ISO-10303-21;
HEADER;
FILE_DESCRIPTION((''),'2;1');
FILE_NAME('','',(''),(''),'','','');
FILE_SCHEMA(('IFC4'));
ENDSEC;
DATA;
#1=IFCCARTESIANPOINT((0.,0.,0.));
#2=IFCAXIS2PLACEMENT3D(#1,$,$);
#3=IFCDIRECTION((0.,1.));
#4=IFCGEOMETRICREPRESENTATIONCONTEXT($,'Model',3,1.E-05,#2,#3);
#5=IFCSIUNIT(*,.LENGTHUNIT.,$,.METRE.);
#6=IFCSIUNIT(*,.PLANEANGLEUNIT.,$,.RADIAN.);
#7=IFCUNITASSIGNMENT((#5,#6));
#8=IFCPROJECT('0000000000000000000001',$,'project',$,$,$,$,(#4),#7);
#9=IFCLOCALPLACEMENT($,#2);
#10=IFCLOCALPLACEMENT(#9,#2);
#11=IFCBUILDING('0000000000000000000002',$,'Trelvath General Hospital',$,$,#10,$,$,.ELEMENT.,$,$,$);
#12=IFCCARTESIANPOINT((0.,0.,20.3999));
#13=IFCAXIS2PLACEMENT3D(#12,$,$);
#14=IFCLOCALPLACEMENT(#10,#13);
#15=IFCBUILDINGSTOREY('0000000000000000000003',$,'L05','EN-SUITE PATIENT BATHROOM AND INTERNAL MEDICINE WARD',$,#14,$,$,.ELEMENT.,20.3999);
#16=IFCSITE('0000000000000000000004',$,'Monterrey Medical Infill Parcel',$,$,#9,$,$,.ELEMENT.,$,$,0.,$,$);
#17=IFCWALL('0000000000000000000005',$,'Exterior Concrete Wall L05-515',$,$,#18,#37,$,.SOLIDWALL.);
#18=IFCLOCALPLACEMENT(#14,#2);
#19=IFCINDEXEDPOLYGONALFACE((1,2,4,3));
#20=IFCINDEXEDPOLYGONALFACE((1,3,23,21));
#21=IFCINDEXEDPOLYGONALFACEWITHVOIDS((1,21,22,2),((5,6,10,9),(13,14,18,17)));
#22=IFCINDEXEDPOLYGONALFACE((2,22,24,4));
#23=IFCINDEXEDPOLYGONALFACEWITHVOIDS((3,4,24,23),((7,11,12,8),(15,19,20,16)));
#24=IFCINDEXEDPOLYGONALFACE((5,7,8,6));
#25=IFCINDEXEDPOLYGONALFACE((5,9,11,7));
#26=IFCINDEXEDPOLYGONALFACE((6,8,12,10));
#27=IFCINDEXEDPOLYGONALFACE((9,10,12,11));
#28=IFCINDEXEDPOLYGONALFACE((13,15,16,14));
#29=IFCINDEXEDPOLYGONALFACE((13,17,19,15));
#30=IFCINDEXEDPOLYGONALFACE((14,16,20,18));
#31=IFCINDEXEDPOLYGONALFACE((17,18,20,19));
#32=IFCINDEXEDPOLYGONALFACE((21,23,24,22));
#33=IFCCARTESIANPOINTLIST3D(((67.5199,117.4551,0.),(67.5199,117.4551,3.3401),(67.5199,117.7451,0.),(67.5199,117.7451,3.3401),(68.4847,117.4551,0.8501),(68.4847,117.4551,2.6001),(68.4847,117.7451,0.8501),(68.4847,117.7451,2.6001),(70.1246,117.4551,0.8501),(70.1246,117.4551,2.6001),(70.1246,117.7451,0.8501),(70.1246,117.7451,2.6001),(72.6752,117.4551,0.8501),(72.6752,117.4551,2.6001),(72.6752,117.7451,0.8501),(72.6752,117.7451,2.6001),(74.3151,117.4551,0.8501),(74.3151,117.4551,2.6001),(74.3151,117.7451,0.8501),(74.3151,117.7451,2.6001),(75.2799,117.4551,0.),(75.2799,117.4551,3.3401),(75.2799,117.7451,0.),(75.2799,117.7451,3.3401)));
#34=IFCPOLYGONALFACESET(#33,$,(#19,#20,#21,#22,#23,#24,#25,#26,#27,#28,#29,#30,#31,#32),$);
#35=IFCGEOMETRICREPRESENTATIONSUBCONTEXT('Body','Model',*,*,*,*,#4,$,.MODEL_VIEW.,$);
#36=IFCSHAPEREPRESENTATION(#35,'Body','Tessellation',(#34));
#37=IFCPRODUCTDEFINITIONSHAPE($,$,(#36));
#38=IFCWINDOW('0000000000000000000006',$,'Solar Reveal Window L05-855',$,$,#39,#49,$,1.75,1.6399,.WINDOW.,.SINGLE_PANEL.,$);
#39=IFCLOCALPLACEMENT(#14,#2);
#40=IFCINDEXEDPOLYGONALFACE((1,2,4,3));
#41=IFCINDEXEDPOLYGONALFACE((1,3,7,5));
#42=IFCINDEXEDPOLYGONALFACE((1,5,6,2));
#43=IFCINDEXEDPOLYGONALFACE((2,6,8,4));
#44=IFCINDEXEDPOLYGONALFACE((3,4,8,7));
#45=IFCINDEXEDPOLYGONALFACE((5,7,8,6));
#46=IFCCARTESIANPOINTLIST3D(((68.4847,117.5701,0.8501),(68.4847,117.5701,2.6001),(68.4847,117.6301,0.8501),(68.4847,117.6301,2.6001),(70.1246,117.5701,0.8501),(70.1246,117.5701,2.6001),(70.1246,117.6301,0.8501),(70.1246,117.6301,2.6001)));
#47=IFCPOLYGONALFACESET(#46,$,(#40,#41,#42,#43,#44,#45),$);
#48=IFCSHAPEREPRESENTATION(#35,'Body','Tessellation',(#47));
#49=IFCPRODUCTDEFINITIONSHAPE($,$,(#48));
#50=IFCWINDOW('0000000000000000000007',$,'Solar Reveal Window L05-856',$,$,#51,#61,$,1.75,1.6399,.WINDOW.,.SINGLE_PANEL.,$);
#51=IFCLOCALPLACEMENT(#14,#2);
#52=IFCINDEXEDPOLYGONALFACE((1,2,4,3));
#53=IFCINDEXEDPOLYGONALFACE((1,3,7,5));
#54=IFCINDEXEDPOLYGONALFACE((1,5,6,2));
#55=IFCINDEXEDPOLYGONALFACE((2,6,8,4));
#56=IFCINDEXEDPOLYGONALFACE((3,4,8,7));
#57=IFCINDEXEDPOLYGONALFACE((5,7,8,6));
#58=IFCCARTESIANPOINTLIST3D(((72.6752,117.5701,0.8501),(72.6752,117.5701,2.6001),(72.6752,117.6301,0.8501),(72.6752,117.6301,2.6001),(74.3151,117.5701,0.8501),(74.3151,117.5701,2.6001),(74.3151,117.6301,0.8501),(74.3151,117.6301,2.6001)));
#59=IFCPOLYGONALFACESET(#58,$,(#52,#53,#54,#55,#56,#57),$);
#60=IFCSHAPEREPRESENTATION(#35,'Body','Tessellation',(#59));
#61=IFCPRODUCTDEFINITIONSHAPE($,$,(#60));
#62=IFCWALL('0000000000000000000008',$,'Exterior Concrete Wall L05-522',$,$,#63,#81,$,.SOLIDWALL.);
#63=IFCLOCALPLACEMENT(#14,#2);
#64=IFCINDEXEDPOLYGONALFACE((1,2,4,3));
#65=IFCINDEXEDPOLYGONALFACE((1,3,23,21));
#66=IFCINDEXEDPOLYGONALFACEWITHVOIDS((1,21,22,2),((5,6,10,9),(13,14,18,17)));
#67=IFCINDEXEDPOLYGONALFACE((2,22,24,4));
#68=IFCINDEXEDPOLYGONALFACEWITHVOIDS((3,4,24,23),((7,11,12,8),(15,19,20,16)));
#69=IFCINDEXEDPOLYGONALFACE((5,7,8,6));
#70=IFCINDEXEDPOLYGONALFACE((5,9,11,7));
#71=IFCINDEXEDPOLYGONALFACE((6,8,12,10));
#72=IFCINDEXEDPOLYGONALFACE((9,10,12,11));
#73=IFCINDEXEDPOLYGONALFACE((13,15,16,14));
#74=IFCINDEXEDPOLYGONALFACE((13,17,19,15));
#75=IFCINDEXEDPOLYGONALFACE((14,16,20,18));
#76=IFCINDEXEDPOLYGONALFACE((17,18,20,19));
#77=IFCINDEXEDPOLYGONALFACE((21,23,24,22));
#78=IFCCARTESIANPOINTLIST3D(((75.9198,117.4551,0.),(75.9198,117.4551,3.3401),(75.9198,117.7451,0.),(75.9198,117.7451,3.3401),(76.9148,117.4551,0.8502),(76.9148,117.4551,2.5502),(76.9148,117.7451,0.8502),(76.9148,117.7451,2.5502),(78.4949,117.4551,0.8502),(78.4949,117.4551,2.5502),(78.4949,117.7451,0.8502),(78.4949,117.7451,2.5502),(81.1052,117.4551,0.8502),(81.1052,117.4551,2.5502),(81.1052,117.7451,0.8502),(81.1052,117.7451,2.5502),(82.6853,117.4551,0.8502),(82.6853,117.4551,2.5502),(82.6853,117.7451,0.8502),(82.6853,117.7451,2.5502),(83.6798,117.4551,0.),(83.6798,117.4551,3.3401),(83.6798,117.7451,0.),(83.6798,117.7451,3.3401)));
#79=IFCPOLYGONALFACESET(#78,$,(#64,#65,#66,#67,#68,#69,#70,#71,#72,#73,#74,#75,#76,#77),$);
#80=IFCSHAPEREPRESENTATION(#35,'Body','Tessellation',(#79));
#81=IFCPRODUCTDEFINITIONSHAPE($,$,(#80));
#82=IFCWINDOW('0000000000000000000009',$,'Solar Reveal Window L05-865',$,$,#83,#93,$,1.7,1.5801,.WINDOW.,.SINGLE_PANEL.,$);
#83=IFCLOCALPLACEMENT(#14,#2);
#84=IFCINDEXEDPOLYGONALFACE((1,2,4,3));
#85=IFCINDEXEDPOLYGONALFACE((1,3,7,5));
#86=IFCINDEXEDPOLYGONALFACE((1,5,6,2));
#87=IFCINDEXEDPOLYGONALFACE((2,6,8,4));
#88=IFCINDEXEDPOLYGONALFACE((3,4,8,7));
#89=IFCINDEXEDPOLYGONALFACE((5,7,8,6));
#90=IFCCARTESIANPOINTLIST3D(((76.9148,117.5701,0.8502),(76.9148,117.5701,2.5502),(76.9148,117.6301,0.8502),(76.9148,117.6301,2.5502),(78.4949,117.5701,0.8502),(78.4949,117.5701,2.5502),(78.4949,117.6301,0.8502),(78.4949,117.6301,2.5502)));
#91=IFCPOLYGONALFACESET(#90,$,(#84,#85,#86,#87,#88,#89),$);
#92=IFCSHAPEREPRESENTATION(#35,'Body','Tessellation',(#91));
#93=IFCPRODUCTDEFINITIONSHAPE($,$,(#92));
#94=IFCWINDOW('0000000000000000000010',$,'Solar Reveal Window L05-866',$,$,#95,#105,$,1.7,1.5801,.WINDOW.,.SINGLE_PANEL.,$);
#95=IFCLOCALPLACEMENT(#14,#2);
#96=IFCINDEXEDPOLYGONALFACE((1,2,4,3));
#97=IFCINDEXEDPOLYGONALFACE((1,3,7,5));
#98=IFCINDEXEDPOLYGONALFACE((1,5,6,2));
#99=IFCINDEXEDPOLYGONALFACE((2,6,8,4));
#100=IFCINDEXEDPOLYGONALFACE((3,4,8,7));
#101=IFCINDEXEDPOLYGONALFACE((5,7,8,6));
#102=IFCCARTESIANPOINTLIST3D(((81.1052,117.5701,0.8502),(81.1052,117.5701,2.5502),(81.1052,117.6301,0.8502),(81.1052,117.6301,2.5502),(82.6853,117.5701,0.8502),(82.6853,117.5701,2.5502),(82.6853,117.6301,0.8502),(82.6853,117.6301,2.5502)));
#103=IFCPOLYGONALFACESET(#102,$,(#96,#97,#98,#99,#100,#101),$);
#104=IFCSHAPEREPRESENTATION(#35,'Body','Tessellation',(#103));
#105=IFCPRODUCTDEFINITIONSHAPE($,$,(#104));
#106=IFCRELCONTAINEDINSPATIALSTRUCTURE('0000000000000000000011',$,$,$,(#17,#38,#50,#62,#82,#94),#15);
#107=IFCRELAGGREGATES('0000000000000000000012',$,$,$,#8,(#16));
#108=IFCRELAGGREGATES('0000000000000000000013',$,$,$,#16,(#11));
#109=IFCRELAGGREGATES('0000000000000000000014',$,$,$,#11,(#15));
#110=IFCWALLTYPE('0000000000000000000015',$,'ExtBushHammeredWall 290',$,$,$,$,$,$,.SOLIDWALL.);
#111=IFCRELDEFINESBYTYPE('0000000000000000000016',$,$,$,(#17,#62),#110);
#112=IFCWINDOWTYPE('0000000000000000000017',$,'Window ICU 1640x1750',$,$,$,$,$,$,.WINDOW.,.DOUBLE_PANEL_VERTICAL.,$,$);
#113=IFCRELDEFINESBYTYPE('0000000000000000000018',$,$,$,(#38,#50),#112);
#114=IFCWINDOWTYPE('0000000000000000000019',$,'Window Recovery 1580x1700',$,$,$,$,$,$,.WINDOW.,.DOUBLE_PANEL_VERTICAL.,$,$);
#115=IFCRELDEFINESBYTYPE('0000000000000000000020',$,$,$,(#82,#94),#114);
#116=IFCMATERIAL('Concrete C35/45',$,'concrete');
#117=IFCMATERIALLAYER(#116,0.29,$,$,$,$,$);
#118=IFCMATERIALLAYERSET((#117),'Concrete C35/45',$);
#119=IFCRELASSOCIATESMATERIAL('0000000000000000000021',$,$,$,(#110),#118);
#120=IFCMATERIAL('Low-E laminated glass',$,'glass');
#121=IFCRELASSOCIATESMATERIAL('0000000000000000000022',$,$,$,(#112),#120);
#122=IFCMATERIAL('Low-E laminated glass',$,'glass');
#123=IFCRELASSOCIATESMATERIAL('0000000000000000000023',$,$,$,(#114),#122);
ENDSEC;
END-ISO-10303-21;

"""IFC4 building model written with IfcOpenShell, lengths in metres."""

from ifc_helpers import new_model, si_unit, direction, frame, frame_2d, origin, place, context, subcontext, project, spatial, rectangle, extrude, material, layer, layer_set, type_object, element, fill, save


model = new_model("IFC4")

# Units and contexts
model_context = context("Model", 3, precision=1e-05, world=origin(), true_north=direction((0.0, 1.0)))
body_context = subcontext(model_context, "Body", "Model", "MODEL_VIEW")
ifc_project = project(units=[si_unit("LENGTHUNIT", "METRE"), si_unit("PLANEANGLEUNIT", "RADIAN")], contexts=[model_context])

# Site, building, storey
site_placement = place(None, origin())
site = spatial("IfcSite", under=ifc_project, at=site_placement, Name="Monterrey Medical Infill Parcel", CompositionType="ELEMENT", RefElevation=0.0)
building_placement = place(site_placement, origin())
building = spatial("IfcBuilding", under=site, at=building_placement, Name="Trelvath General Hospital", CompositionType="ELEMENT")
storey_placement = place(building_placement, frame((0.0, 0.0, 20.3999)))
storey = spatial("IfcBuildingStorey", under=building, at=storey_placement, Name="L05", Description="EN-SUITE PATIENT BATHROOM AND INTERNAL MEDICINE WARD", CompositionType="ELEMENT", Elevation=20.3999)

# Walls, openings, windows
ifc_material_1 = material(Name="Concrete C35/45", Category="concrete")
ifc_layer_1 = layer(ifc_material_1, 0.29)
ifc_layer_set_1 = layer_set([ifc_layer_1], Name="Concrete C35/45")
wall_type_1 = type_object("IfcWallType", Name="ExtBushHammeredWall 290", PredefinedType="SOLIDWALL", material=ifc_layer_set_1)
wall_1_placement = place(storey_placement, frame((67.52, 117.6001, 0.0), z_axis=(0.0, 0.0, 1.0), x_axis=(1.0, 0.0, 0.0)))
wall_1 = element("IfcWall", 1, at=wall_1_placement, inside=storey, type_object=wall_type_1, Name="Exterior Concrete Wall L05-515", PredefinedType="SOLIDWALL", context=body_context, shape_type="SweptSolid", body=[
    extrude(rectangle(XDim=7.76, YDim=0.29, at=frame_2d((3.8799, 0.0))), origin(), (0.0, 0.0, 1.0), 3.3401),
])
opening_1_placement = place(wall_1_placement, frame((0.9648, 0.0, 0.8501)))
opening_1 = element("IfcOpeningElement", 2, at=opening_1_placement, cuts=wall_1, PredefinedType="OPENING", context=body_context, shape_type="SweptSolid", body=[
    extrude(rectangle(XDim=1.6399, YDim=1.75, at=frame_2d((0.8198, 0.875))), frame((0.0, 0.155, 0.0), z_axis=(0.0, -1.0, 0.0), x_axis=(1.0, 0.0, 0.0)), (0.0, 0.0, 1.0), 0.3101),
])
opening_2_placement = place(wall_1_placement, frame((5.1553, 0.0, 0.8501)))
opening_2 = element("IfcOpeningElement", 3, at=opening_2_placement, cuts=wall_1, PredefinedType="OPENING", context=body_context, shape_type="SweptSolid", body=[
    extrude(rectangle(XDim=1.6399, YDim=1.75, at=frame_2d((0.8198, 0.875))), frame((0.0, 0.155, 0.0), z_axis=(0.0, -1.0, 0.0), x_axis=(1.0, 0.0, 0.0)), (0.0, 0.0, 1.0), 0.3101),
])
ifc_material_2 = material(Name="Low-E laminated glass", Category="glass")
window_type_1 = type_object("IfcWindowType", Name="Window ICU 1640x1750", PartitioningType="DOUBLE_PANEL_VERTICAL", PredefinedType="WINDOW", material=ifc_material_2)
window_1_placement = place(opening_1_placement, origin())
window_1 = element("IfcWindow", 4, at=window_1_placement, inside=storey, type_object=window_type_1, Name="Solar Reveal Window L05-855", OverallHeight=1.75, OverallWidth=1.6399, PartitioningType="SINGLE_PANEL", PredefinedType="WINDOW", context=body_context, shape_type="SweptSolid", body=[
    extrude(rectangle(XDim=1.6399, YDim=1.75, at=frame_2d((0.8198, 0.875))), frame((0.0, 0.03, 0.0), z_axis=(0.0, -1.0, 0.0), x_axis=(1.0, 0.0, 0.0)), (0.0, 0.0, 1.0), 0.0601),
])
fill(opening_1, window_1)
window_2_placement = place(opening_2_placement, origin())
window_2 = element("IfcWindow", 5, at=window_2_placement, inside=storey, type_object=window_type_1, Name="Solar Reveal Window L05-856", OverallHeight=1.75, OverallWidth=1.6399, PartitioningType="SINGLE_PANEL", PredefinedType="WINDOW", context=body_context, shape_type="SweptSolid", body=[
    extrude(rectangle(XDim=1.6399, YDim=1.75, at=frame_2d((0.8198, 0.875))), frame((0.0, 0.03, 0.0), z_axis=(0.0, -1.0, 0.0), x_axis=(1.0, 0.0, 0.0)), (0.0, 0.0, 1.0), 0.0601),
])
fill(opening_2, window_2)
wall_2_placement = place(storey_placement, frame((75.9199, 117.6001, 0.0), z_axis=(0.0, 0.0, 1.0), x_axis=(1.0, 0.0, 0.0)))
wall_2 = element("IfcWall", 6, at=wall_2_placement, inside=storey, type_object=wall_type_1, Name="Exterior Concrete Wall L05-522", PredefinedType="SOLIDWALL", context=body_context, shape_type="SweptSolid", body=[
    extrude(rectangle(XDim=7.76, YDim=0.29, at=frame_2d((3.8799, 0.0))), origin(), (0.0, 0.0, 1.0), 3.3401),
])
opening_3_placement = place(wall_2_placement, frame((0.9949, 0.0, 0.8501)))
opening_3 = element("IfcOpeningElement", 7, at=opening_3_placement, cuts=wall_2, PredefinedType="OPENING", context=body_context, shape_type="SweptSolid", body=[
    extrude(rectangle(XDim=1.5801, YDim=1.7, at=frame_2d((0.79, 0.8501))), frame((0.0, 0.155, 0.0), z_axis=(0.0, -1.0, 0.0), x_axis=(1.0, 0.0, 0.0)), (0.0, 0.0, 1.0), 0.3101),
])
opening_4_placement = place(wall_2_placement, frame((5.1853, 0.0, 0.8501)))
opening_4 = element("IfcOpeningElement", 8, at=opening_4_placement, cuts=wall_2, PredefinedType="OPENING", context=body_context, shape_type="SweptSolid", body=[
    extrude(rectangle(XDim=1.5801, YDim=1.7, at=frame_2d((0.79, 0.8501))), frame((0.0, 0.155, 0.0), z_axis=(0.0, -1.0, 0.0), x_axis=(1.0, 0.0, 0.0)), (0.0, 0.0, 1.0), 0.3101),
])
ifc_material_3 = material(Name="Low-E laminated glass", Category="glass")
window_type_2 = type_object("IfcWindowType", Name="Window Recovery 1580x1700", PartitioningType="DOUBLE_PANEL_VERTICAL", PredefinedType="WINDOW", material=ifc_material_3)
window_3_placement = place(opening_3_placement, origin())
window_3 = element("IfcWindow", 9, at=window_3_placement, inside=storey, type_object=window_type_2, Name="Solar Reveal Window L05-865", OverallHeight=1.7, OverallWidth=1.5801, PartitioningType="SINGLE_PANEL", PredefinedType="WINDOW", context=body_context, shape_type="SweptSolid", body=[
    extrude(rectangle(XDim=1.5801, YDim=1.7, at=frame_2d((0.79, 0.8501))), frame((0.0, 0.03, 0.0), z_axis=(0.0, -1.0, 0.0), x_axis=(1.0, 0.0, 0.0)), (0.0, 0.0, 1.0), 0.0601),
])
fill(opening_3, window_3)
window_4_placement = place(opening_4_placement, origin())
window_4 = element("IfcWindow", 10, at=window_4_placement, inside=storey, type_object=window_type_2, Name="Solar Reveal Window L05-866", OverallHeight=1.7, OverallWidth=1.5801, PartitioningType="SINGLE_PANEL", PredefinedType="WINDOW", context=body_context, shape_type="SweptSolid", body=[
    extrude(rectangle(XDim=1.5801, YDim=1.7, at=frame_2d((0.79, 0.8501))), frame((0.0, 0.03, 0.0), z_axis=(0.0, -1.0, 0.0), x_axis=(1.0, 0.0, 0.0)), (0.0, 0.0, 1.0), 0.0601),
])
fill(opening_4, window_4)

save(model, "model.ifc")
